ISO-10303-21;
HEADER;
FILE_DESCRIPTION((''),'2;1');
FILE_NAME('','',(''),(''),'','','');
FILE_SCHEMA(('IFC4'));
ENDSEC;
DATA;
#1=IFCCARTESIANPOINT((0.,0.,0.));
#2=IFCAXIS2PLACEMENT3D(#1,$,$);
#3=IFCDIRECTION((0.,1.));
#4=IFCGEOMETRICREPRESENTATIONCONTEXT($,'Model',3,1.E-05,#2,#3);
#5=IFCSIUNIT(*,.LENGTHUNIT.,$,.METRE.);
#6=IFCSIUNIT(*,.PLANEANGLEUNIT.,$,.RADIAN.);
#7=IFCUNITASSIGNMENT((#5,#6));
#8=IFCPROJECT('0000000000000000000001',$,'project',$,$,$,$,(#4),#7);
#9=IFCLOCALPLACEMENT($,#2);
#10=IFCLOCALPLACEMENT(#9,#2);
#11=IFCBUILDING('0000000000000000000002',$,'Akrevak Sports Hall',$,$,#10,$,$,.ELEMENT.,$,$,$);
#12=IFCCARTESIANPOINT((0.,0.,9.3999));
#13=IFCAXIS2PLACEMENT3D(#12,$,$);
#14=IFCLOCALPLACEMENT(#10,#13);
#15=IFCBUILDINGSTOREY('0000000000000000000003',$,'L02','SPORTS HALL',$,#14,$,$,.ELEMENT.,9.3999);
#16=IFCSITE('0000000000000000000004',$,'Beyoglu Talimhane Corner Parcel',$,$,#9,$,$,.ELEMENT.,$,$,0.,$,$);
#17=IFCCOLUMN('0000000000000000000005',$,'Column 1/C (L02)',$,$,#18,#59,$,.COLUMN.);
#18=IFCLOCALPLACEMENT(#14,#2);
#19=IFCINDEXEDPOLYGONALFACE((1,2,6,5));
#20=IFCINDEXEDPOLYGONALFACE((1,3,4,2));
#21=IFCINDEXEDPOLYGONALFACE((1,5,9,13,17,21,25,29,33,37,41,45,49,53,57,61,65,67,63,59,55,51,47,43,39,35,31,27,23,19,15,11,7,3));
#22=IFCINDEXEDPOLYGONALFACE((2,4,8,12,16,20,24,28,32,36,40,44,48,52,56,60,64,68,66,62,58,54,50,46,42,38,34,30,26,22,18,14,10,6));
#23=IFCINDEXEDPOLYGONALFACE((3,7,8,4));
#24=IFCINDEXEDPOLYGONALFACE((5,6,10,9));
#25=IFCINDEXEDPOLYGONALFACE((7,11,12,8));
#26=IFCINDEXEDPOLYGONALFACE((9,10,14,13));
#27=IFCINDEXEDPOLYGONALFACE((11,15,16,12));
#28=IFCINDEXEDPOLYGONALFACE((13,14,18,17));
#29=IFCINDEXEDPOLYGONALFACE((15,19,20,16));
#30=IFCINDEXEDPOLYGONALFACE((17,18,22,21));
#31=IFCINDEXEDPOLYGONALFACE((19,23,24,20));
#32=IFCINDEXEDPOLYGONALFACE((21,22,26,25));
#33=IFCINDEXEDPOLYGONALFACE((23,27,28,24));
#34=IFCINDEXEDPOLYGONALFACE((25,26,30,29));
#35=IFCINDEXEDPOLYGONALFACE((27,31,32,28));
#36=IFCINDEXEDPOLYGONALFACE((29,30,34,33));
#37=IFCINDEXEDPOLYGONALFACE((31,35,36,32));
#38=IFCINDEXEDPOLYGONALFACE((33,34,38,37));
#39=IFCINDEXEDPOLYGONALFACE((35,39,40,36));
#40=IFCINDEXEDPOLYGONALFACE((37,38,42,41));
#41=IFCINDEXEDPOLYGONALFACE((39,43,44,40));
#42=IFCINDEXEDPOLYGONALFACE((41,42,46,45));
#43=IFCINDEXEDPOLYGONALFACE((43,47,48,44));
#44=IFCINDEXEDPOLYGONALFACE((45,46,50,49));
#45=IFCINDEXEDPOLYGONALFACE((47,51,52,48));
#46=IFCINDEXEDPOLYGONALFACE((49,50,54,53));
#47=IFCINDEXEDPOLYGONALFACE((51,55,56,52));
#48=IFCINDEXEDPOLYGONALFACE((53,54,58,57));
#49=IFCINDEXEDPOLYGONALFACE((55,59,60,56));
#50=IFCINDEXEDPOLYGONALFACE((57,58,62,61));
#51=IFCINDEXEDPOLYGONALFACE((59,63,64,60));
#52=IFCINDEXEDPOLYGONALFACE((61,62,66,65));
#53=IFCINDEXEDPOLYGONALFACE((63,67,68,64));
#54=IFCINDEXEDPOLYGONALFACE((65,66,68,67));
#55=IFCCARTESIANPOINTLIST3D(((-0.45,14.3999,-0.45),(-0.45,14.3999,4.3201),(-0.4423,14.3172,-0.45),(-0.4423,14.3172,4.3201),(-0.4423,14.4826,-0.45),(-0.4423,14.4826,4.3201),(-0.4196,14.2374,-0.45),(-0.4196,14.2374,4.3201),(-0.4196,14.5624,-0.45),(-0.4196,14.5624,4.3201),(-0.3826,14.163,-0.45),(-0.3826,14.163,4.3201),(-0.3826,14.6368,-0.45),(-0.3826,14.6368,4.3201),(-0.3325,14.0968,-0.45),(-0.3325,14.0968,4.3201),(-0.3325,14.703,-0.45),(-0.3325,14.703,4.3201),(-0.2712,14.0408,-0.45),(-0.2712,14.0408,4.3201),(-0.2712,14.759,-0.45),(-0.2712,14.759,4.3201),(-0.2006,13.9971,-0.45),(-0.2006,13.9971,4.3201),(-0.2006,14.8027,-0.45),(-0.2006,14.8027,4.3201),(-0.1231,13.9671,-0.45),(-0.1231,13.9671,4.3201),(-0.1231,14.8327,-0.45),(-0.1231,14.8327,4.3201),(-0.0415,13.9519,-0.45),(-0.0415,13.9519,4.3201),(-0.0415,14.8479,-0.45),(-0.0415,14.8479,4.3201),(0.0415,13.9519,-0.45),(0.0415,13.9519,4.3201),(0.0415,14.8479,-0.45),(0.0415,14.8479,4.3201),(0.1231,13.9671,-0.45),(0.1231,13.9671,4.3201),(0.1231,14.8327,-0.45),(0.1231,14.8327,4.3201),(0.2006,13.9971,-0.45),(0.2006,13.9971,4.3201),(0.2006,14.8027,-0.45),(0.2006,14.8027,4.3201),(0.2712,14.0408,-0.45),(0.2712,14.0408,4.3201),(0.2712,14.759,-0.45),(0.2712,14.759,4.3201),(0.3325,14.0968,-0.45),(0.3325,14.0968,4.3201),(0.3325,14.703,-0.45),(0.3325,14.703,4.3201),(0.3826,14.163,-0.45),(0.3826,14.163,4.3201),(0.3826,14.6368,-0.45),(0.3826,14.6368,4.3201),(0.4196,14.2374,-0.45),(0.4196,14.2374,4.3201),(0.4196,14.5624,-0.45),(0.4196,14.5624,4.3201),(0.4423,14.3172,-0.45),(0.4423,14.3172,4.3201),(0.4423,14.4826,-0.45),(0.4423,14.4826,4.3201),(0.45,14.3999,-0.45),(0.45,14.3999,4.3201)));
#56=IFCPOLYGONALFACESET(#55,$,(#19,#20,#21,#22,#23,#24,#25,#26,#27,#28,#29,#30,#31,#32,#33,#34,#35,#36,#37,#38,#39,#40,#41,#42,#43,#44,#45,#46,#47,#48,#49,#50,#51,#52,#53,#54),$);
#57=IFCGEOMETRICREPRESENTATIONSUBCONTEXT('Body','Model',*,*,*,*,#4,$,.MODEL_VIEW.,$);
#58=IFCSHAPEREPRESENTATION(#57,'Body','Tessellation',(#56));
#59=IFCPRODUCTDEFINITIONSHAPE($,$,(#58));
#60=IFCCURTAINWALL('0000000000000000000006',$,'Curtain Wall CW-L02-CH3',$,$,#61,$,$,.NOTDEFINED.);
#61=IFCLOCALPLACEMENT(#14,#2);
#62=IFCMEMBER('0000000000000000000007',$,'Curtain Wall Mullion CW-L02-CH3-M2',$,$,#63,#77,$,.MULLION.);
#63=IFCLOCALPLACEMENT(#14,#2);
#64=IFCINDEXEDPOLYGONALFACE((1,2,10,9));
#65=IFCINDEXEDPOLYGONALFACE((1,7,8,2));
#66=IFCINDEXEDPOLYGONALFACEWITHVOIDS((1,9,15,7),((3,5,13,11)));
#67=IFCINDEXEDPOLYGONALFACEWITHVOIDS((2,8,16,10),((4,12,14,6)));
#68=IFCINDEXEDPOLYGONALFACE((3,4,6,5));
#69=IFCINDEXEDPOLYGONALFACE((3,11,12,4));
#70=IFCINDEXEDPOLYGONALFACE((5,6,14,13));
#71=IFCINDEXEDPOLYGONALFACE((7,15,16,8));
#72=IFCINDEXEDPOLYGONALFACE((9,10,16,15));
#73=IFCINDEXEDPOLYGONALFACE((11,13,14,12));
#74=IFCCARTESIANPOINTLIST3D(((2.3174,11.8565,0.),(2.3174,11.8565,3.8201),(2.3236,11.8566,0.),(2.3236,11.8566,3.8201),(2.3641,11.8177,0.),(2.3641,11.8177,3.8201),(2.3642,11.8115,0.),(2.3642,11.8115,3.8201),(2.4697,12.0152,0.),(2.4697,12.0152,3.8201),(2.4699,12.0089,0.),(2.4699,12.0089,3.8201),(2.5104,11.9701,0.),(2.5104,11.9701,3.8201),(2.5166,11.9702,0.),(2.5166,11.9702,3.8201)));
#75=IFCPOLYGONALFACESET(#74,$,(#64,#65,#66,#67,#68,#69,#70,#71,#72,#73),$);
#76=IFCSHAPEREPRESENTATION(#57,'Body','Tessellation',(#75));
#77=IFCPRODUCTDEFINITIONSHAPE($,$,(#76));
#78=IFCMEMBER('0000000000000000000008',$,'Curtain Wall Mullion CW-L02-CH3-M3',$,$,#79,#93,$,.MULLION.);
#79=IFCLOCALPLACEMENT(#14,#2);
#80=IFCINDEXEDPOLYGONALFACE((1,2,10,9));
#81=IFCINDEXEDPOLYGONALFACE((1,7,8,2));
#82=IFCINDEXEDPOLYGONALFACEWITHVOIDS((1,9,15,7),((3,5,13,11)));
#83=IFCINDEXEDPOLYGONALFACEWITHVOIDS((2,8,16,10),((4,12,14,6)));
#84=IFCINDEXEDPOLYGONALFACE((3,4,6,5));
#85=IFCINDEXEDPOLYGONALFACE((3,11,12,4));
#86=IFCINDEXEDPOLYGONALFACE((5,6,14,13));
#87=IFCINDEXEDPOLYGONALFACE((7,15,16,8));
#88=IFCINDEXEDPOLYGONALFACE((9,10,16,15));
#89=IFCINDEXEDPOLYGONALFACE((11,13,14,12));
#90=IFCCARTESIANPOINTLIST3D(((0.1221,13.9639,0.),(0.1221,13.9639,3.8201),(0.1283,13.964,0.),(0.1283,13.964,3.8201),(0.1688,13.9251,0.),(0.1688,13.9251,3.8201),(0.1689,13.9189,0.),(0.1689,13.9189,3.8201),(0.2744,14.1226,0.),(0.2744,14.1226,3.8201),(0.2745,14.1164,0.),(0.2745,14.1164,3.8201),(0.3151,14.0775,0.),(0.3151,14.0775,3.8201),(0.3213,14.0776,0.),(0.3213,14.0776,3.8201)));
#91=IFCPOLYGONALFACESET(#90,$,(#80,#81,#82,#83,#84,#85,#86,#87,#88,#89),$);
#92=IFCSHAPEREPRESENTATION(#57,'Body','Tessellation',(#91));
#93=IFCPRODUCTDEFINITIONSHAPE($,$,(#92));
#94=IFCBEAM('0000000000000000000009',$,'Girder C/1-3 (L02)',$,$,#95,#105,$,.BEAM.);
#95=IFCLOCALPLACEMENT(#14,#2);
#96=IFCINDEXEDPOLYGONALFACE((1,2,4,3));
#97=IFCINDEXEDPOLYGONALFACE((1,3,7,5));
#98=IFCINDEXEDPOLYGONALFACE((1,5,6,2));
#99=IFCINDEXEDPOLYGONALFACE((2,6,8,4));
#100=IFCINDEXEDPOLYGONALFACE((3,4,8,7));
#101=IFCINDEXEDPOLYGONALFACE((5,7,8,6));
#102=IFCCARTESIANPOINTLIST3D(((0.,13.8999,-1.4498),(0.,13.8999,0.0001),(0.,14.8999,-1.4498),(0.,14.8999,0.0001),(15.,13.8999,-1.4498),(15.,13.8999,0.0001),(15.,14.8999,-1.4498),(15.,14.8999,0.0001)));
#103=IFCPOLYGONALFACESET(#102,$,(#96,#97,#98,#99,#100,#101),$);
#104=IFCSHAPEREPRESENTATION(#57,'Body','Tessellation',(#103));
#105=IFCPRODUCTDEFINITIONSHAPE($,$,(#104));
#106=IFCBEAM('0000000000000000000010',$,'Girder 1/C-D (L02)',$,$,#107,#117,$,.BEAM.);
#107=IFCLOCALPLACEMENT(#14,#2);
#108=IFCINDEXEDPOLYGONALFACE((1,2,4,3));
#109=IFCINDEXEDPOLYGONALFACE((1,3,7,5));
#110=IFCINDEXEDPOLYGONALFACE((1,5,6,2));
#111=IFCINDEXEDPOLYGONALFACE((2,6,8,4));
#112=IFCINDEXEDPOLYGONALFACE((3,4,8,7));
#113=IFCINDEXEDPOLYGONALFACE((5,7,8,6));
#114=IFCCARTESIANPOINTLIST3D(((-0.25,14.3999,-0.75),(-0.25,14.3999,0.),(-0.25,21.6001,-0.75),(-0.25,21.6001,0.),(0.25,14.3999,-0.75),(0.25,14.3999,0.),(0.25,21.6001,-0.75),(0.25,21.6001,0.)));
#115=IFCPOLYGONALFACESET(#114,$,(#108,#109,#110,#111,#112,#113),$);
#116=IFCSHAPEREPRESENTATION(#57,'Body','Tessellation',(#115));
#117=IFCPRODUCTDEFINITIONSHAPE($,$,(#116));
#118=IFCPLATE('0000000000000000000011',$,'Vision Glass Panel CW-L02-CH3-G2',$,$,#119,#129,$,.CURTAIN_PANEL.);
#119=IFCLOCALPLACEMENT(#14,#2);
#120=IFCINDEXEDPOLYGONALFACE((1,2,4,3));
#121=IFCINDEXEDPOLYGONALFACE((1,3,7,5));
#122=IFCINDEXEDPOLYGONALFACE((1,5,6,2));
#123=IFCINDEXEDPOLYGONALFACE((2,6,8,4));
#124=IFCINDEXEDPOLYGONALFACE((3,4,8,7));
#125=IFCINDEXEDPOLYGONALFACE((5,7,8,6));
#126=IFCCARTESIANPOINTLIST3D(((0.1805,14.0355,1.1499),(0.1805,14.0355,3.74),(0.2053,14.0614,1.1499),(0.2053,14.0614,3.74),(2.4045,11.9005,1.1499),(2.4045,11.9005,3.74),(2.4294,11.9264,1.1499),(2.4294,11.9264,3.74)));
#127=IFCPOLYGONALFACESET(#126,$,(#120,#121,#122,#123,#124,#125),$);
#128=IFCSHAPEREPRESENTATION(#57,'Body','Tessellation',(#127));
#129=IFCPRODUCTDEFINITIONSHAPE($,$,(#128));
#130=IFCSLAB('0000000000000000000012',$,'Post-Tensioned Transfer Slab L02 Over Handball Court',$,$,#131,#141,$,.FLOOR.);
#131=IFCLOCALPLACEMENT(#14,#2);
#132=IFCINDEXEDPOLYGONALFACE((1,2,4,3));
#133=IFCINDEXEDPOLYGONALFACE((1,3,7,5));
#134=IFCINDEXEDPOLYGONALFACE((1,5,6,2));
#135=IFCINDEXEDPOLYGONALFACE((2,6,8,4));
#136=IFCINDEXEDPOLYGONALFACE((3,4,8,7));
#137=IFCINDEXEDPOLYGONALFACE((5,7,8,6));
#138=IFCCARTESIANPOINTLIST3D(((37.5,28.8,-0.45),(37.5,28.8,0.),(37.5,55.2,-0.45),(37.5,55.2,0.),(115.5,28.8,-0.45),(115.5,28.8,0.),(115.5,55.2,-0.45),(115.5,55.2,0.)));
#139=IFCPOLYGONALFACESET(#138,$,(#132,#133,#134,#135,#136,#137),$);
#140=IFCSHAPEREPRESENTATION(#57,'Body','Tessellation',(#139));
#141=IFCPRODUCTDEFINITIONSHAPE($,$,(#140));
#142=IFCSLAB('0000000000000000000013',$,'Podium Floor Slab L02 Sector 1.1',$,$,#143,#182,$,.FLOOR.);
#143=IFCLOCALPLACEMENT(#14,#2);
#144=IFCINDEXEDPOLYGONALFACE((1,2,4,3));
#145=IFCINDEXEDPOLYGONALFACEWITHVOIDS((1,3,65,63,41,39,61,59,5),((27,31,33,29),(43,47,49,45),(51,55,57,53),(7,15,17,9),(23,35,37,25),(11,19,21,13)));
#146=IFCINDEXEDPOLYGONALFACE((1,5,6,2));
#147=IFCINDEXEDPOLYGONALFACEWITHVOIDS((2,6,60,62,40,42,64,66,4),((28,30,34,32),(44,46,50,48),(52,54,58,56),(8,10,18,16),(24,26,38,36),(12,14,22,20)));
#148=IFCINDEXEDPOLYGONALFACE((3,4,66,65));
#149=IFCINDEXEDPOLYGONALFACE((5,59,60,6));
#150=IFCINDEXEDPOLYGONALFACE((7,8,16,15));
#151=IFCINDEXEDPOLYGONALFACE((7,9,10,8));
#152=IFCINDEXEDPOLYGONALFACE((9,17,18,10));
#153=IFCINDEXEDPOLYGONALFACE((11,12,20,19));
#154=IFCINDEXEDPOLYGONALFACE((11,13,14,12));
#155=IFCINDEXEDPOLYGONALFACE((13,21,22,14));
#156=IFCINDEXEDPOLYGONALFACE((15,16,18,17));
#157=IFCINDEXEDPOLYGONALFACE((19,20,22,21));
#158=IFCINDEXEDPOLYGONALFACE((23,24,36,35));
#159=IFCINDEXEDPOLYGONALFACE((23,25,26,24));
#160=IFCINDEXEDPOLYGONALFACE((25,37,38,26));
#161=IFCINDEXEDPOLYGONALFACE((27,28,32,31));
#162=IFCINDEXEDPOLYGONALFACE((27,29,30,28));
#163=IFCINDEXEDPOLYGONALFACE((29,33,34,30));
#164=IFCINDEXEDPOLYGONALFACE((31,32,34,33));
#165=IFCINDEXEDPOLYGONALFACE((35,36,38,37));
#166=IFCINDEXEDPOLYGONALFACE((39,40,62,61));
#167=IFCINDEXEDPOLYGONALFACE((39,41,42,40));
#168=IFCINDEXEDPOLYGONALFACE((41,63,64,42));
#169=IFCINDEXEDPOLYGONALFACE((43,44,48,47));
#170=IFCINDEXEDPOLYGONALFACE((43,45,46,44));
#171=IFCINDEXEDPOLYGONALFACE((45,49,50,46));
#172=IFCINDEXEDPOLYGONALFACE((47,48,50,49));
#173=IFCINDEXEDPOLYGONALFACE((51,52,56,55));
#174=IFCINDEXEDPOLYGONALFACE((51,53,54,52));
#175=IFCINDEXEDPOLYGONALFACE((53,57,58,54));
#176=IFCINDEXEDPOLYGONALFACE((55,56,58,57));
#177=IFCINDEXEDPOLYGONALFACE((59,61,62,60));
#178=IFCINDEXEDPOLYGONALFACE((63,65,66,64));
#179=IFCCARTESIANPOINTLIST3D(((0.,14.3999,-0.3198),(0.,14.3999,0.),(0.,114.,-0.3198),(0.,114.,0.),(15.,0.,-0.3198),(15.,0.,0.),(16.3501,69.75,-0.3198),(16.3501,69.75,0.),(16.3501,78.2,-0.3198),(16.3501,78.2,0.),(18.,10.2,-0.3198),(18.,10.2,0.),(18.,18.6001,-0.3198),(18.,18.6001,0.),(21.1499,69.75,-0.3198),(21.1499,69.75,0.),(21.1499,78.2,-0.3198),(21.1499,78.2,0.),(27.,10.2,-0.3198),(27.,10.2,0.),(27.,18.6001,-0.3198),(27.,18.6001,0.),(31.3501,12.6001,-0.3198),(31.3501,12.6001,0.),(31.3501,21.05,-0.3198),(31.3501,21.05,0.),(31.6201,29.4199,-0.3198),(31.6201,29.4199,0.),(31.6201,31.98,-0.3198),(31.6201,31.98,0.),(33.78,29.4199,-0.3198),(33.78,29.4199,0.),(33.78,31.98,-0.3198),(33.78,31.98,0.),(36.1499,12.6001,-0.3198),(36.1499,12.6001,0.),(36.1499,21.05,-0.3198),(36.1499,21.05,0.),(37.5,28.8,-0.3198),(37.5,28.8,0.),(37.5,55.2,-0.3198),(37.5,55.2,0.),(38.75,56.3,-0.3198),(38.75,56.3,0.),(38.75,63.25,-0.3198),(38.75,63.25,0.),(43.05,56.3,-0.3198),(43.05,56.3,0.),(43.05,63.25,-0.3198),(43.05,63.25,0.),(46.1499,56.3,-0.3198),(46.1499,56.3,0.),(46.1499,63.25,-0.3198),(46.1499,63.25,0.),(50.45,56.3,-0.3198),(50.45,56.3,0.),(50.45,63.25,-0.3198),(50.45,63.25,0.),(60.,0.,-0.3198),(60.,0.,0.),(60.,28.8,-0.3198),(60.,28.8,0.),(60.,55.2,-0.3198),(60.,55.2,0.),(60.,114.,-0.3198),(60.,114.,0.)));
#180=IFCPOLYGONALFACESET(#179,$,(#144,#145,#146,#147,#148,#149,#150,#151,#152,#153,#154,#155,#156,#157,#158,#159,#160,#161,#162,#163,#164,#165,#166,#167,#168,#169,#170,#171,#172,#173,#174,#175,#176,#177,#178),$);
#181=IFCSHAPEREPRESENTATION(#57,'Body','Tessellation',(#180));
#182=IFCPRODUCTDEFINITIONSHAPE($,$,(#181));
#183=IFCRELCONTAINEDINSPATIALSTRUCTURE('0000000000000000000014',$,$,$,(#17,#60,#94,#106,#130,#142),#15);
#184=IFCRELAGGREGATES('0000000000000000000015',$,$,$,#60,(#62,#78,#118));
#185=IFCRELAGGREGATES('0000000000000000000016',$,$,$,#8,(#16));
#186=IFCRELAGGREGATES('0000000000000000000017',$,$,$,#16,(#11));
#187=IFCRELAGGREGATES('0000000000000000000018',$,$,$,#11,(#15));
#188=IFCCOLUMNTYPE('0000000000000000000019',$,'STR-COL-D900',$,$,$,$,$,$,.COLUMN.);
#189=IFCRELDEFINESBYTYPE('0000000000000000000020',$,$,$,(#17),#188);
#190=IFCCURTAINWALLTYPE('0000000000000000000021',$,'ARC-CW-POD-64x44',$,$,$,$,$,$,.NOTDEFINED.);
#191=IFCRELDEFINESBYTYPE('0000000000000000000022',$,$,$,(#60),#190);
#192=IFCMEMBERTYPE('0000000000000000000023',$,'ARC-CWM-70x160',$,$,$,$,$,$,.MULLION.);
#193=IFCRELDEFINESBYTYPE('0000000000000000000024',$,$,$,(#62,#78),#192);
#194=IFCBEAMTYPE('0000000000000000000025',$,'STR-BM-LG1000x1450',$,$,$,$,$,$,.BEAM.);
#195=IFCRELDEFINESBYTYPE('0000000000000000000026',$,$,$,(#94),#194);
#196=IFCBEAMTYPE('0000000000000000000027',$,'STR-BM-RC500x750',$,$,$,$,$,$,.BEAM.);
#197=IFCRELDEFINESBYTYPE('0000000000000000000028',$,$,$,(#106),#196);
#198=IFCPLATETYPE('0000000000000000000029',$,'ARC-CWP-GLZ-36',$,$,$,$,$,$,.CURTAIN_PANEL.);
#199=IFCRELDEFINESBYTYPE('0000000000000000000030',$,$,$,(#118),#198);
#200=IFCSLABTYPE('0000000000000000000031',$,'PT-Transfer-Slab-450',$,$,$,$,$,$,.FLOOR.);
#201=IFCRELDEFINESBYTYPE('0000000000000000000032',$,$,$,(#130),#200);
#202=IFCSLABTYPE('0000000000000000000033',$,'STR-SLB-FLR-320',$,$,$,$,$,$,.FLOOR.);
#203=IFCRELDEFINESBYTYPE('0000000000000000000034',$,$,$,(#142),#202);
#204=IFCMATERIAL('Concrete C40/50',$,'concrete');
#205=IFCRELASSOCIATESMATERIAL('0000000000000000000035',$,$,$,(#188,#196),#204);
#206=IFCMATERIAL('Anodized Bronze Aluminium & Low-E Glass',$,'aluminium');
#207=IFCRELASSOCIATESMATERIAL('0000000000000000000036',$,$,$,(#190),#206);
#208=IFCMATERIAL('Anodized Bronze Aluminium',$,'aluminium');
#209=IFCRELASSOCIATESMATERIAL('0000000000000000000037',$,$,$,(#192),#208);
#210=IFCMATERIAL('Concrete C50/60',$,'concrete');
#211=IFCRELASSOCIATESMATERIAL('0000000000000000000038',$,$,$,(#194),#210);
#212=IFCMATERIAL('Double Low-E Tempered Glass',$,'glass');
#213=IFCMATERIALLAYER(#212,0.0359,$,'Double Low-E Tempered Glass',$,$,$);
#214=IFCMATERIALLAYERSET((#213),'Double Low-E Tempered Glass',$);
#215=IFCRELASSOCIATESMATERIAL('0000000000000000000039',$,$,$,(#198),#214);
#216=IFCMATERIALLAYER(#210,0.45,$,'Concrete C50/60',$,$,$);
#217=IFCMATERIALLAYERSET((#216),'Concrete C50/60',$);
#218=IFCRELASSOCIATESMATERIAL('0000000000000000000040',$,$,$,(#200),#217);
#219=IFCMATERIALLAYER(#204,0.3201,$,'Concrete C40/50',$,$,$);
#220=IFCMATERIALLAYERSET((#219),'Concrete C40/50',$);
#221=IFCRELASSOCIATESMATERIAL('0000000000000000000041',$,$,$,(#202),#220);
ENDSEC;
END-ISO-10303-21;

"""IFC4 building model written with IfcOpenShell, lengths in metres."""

from ifc_helpers import new_model, si_unit, direction, frame, origin, origin_2d, place, context, subcontext, project, spatial, polyline, rectangle, hollow_rectangle, circle, outline, extrude, material, layer, layer_set, material_profile, profile_set, type_object, element, aggregate, save


model = new_model("IFC4")

# Units and contexts
model_context = context("Model", 3, precision=1e-05, world=origin(), true_north=direction((0.0, 1.0)))
body_context = subcontext(model_context, "Body", "Model", "MODEL_VIEW")
ifc_project = project(units=[si_unit("LENGTHUNIT", "METRE"), si_unit("PLANEANGLEUNIT", "RADIAN")], contexts=[model_context])

# Site, building, storey
site_placement = place(None, origin())
site = spatial("IfcSite", under=ifc_project, at=site_placement, Name="Beyoglu Talimhane Corner Parcel", CompositionType="ELEMENT", RefElevation=0.0)
building_placement = place(site_placement, origin())
building = spatial("IfcBuilding", under=site, at=building_placement, Name="Akrevak Sports Hall", CompositionType="ELEMENT")
storey_placement = place(building_placement, frame((0.0, 0.0, 9.3999)))
storey = spatial("IfcBuildingStorey", under=building, at=storey_placement, Name="L02", Description="SPORTS HALL", CompositionType="ELEMENT", Elevation=9.3999)

# Column
ifc_material_1 = material(Name="Concrete C40/50", Category="concrete")
ifc_material_profile_1 = material_profile(ifc_material_1, circle(Radius=0.45, at=origin_2d()), Name="COL D900", Category="concrete")
ifc_profile_set_1 = profile_set([ifc_material_profile_1], Name="Concrete C40/50")
column_type = type_object("IfcColumnType", Name="STR-COL-D900", PredefinedType="COLUMN", material=ifc_profile_set_1)
column_placement = place(storey_placement, frame((0.0, 14.3999, -0.45), z_axis=(0.0, 0.0, 1.0), x_axis=(1.0, 0.0, 0.0)))
element("IfcColumn", 1, at=column_placement, inside=storey, type_object=column_type, Name="Column 1/C (L02)", PredefinedType="COLUMN", context=body_context, shape_type="SweptSolid", body=[
    extrude(circle(Radius=0.45, at=origin_2d()), origin(), (0.0, 0.0, 1.0), 4.77),
])

# Curtain wall, members
ifc_material_2 = material(Name="Anodized Bronze Aluminium & Low-E Glass", Category="aluminium")
curtain_wall_type = type_object("IfcCurtainWallType", Name="ARC-CW-POD-64x44", PredefinedType="NOTDEFINED", material=ifc_material_2)
curtain_wall_placement = place(storey_placement, origin())
curtain_wall = element("IfcCurtainWall", 2, at=curtain_wall_placement, inside=storey, type_object=curtain_wall_type, Name="Curtain Wall CW-L02-CH3", PredefinedType="NOTDEFINED")
ifc_material_3 = material(Name="Anodized Bronze Aluminium", Category="aluminium")
ifc_material_profile_2 = material_profile(ifc_material_3, hollow_rectangle(XDim=0.0649, YDim=0.22, WallThickness=0.0044, at=origin_2d()), Name="CWM 65x220", Category="aluminium")
ifc_profile_set_2 = profile_set([ifc_material_profile_2], Name="Anodized Bronze Aluminium")
member_type = type_object("IfcMemberType", Name="ARC-CWM-70x160", PredefinedType="MULLION", material=ifc_profile_set_2)
member_1_placement = place(storey_placement, frame((2.417, 11.9133, 0.0), z_axis=(0.0, 0.0, 1.0), x_axis=(-0.721398, 0.692521, 0.0)))
member_1 = element("IfcMember", 3, at=member_1_placement, type_object=member_type, Name="Curtain Wall Mullion CW-L02-CH3-M2", PredefinedType="MULLION", context=body_context, shape_type="SweptSolid", body=[
    extrude(hollow_rectangle(XDim=0.0649, YDim=0.22, WallThickness=0.0044, at=origin_2d()), origin(), (0.0, 0.0, 1.0), 3.8201),
])
member_2_placement = place(storey_placement, frame((0.2217, 14.0208, 0.0), z_axis=(0.0, 0.0, 1.0), x_axis=(-0.721398, 0.692521, 0.0)))
member_2 = element("IfcMember", 4, at=member_2_placement, type_object=member_type, Name="Curtain Wall Mullion CW-L02-CH3-M3", PredefinedType="MULLION", context=body_context, shape_type="SweptSolid", body=[
    extrude(hollow_rectangle(XDim=0.0649, YDim=0.22, WallThickness=0.0044, at=origin_2d()), origin(), (0.0, 0.0, 1.0), 3.8201),
])

# Beams
ifc_material_4 = material(Name="Concrete C50/60", Category="concrete")
ifc_material_profile_3 = material_profile(ifc_material_4, rectangle(XDim=1.0, YDim=1.45, at=origin_2d()), Name="BM 1000x1450", Category="concrete")
ifc_profile_set_3 = profile_set([ifc_material_profile_3], Name="Concrete C50/60")
beam_type_1 = type_object("IfcBeamType", Name="STR-BM-LG1000x1450", PredefinedType="BEAM", material=ifc_profile_set_3)
beam_1_placement = place(storey_placement, frame((0.0, 14.3999, -0.7249), z_axis=(1.0, 0.0, 0.0), x_axis=(0.0, 1.0, 0.0)))
element("IfcBeam", 5, at=beam_1_placement, inside=storey, type_object=beam_type_1, Name="Girder C/1-3 (L02)", PredefinedType="BEAM", context=body_context, shape_type="SweptSolid", body=[
    extrude(rectangle(XDim=1.0, YDim=1.45, at=origin_2d()), origin(), (0.0, 0.0, 1.0), 15.0),
])
ifc_material_profile_4 = material_profile(ifc_material_1, rectangle(XDim=0.5, YDim=0.75, at=origin_2d()), Name="BM 500x750", Category="concrete")
ifc_profile_set_4 = profile_set([ifc_material_profile_4], Name="Concrete C40/50")
beam_type_2 = type_object("IfcBeamType", Name="STR-BM-RC500x750", PredefinedType="BEAM", material=ifc_profile_set_4)
beam_2_placement = place(storey_placement, frame((0.0, 14.3999, -0.375), z_axis=(0.0, 1.0, 0.0), x_axis=(-1.0, 0.0, 0.0)))
element("IfcBeam", 6, at=beam_2_placement, inside=storey, type_object=beam_type_2, Name="Girder 1/C-D (L02)", PredefinedType="BEAM", context=body_context, shape_type="SweptSolid", body=[
    extrude(rectangle(XDim=0.5, YDim=0.75, at=origin_2d()), origin(), (0.0, 0.0, 1.0), 7.2002),
])

# Plate
ifc_material_5 = material(Name="Double Low-E Tempered Glass", Category="glass")
ifc_layer_1 = layer(ifc_material_5, 0.0359, Name="Double Low-E Tempered Glass")
ifc_layer_set_1 = layer_set([ifc_layer_1], Name="Double Low-E Tempered Glass")
plate_type = type_object("IfcPlateType", Name="ARC-CWP-GLZ-36", PredefinedType="CURTAIN_PANEL", material=ifc_layer_set_1)
plate_placement = place(storey_placement, frame((1.3049, 12.981, 1.1499), z_axis=(0.0, 0.0, 1.0), x_axis=(-0.721398, 0.692521, 0.0)))
plate = element("IfcPlate", 7, at=plate_placement, type_object=plate_type, Name="Vision Glass Panel CW-L02-CH3-G2", PredefinedType="CURTAIN_PANEL", context=body_context, shape_type="SweptSolid", body=[
    extrude(rectangle(XDim=3.083, YDim=0.0359, at=origin_2d()), origin(), (0.0, 0.0, 1.0), 2.5901),
])
aggregate(curtain_wall, [member_1, member_2, plate])

# Slabs
ifc_layer_2 = layer(ifc_material_4, 0.45, Name="Concrete C50/60")
ifc_layer_set_2 = layer_set([ifc_layer_2], Name="Concrete C50/60")
slab_type_1 = type_object("IfcSlabType", Name="PT-Transfer-Slab-450", PredefinedType="FLOOR", material=ifc_layer_set_2)
slab_1_placement = place(storey_placement, frame((0.0, 0.0, -0.45)))
element("IfcSlab", 8, at=slab_1_placement, inside=storey, type_object=slab_type_1, Name="Post-Tensioned Transfer Slab L02 Over Handball Court", PredefinedType="FLOOR", context=body_context, shape_type="SweptSolid", body=[
    extrude(outline(polyline([(115.5, 28.8), (115.5, 55.2), (37.5, 55.2), (37.5, 28.8), (115.5, 28.8)])), origin(), (0.0, 0.0, 1.0), 0.45),
])
ifc_layer_3 = layer(ifc_material_1, 0.3201, Name="Concrete C40/50")
ifc_layer_set_3 = layer_set([ifc_layer_3], Name="Concrete C40/50")
slab_type_2 = type_object("IfcSlabType", Name="STR-SLB-FLR-320", PredefinedType="FLOOR", material=ifc_layer_set_3)
slab_2_placement = place(storey_placement, frame((0.0, 0.0, -0.3198)))
element("IfcSlab", 9, at=slab_2_placement, inside=storey, type_object=slab_type_2, Name="Podium Floor Slab L02 Sector 1.1", PredefinedType="FLOOR", context=body_context, shape_type="SweptSolid", body=[
    extrude(outline(polyline([(0.0, 114.0), (0.0, 14.3999), (15.0, 0.0), (60.0, 0.0), (60.0, 28.8), (37.5, 28.8), (37.5, 55.2), (60.0, 55.2), (60.0, 114.0), (0.0, 114.0)]), holes=[polyline([(27.0, 18.6001), (27.0, 10.2), (18.0, 10.2), (18.0, 18.6001), (27.0, 18.6001)]), polyline([(36.1499, 21.05), (36.1499, 12.6001), (31.3501, 12.6001), (31.3501, 21.05), (36.1499, 21.05)]), polyline([(33.78, 31.98), (33.78, 29.4199), (31.6201, 29.4199), (31.6201, 31.98), (33.78, 31.98)]), polyline([(43.05, 56.3), (38.75, 56.3), (38.75, 63.25), (43.05, 63.25), (43.05, 56.3)]), polyline([(50.45, 56.3), (46.1499, 56.3), (46.1499, 63.25), (50.45, 63.25), (50.45, 56.3)]), polyline([(21.1499, 78.2), (21.1499, 69.75), (16.3501, 69.75), (16.3501, 78.2), (21.1499, 78.2)])]), origin(), (0.0, 0.0, 1.0), 0.3198),
])

save(model, "model.ifc")
